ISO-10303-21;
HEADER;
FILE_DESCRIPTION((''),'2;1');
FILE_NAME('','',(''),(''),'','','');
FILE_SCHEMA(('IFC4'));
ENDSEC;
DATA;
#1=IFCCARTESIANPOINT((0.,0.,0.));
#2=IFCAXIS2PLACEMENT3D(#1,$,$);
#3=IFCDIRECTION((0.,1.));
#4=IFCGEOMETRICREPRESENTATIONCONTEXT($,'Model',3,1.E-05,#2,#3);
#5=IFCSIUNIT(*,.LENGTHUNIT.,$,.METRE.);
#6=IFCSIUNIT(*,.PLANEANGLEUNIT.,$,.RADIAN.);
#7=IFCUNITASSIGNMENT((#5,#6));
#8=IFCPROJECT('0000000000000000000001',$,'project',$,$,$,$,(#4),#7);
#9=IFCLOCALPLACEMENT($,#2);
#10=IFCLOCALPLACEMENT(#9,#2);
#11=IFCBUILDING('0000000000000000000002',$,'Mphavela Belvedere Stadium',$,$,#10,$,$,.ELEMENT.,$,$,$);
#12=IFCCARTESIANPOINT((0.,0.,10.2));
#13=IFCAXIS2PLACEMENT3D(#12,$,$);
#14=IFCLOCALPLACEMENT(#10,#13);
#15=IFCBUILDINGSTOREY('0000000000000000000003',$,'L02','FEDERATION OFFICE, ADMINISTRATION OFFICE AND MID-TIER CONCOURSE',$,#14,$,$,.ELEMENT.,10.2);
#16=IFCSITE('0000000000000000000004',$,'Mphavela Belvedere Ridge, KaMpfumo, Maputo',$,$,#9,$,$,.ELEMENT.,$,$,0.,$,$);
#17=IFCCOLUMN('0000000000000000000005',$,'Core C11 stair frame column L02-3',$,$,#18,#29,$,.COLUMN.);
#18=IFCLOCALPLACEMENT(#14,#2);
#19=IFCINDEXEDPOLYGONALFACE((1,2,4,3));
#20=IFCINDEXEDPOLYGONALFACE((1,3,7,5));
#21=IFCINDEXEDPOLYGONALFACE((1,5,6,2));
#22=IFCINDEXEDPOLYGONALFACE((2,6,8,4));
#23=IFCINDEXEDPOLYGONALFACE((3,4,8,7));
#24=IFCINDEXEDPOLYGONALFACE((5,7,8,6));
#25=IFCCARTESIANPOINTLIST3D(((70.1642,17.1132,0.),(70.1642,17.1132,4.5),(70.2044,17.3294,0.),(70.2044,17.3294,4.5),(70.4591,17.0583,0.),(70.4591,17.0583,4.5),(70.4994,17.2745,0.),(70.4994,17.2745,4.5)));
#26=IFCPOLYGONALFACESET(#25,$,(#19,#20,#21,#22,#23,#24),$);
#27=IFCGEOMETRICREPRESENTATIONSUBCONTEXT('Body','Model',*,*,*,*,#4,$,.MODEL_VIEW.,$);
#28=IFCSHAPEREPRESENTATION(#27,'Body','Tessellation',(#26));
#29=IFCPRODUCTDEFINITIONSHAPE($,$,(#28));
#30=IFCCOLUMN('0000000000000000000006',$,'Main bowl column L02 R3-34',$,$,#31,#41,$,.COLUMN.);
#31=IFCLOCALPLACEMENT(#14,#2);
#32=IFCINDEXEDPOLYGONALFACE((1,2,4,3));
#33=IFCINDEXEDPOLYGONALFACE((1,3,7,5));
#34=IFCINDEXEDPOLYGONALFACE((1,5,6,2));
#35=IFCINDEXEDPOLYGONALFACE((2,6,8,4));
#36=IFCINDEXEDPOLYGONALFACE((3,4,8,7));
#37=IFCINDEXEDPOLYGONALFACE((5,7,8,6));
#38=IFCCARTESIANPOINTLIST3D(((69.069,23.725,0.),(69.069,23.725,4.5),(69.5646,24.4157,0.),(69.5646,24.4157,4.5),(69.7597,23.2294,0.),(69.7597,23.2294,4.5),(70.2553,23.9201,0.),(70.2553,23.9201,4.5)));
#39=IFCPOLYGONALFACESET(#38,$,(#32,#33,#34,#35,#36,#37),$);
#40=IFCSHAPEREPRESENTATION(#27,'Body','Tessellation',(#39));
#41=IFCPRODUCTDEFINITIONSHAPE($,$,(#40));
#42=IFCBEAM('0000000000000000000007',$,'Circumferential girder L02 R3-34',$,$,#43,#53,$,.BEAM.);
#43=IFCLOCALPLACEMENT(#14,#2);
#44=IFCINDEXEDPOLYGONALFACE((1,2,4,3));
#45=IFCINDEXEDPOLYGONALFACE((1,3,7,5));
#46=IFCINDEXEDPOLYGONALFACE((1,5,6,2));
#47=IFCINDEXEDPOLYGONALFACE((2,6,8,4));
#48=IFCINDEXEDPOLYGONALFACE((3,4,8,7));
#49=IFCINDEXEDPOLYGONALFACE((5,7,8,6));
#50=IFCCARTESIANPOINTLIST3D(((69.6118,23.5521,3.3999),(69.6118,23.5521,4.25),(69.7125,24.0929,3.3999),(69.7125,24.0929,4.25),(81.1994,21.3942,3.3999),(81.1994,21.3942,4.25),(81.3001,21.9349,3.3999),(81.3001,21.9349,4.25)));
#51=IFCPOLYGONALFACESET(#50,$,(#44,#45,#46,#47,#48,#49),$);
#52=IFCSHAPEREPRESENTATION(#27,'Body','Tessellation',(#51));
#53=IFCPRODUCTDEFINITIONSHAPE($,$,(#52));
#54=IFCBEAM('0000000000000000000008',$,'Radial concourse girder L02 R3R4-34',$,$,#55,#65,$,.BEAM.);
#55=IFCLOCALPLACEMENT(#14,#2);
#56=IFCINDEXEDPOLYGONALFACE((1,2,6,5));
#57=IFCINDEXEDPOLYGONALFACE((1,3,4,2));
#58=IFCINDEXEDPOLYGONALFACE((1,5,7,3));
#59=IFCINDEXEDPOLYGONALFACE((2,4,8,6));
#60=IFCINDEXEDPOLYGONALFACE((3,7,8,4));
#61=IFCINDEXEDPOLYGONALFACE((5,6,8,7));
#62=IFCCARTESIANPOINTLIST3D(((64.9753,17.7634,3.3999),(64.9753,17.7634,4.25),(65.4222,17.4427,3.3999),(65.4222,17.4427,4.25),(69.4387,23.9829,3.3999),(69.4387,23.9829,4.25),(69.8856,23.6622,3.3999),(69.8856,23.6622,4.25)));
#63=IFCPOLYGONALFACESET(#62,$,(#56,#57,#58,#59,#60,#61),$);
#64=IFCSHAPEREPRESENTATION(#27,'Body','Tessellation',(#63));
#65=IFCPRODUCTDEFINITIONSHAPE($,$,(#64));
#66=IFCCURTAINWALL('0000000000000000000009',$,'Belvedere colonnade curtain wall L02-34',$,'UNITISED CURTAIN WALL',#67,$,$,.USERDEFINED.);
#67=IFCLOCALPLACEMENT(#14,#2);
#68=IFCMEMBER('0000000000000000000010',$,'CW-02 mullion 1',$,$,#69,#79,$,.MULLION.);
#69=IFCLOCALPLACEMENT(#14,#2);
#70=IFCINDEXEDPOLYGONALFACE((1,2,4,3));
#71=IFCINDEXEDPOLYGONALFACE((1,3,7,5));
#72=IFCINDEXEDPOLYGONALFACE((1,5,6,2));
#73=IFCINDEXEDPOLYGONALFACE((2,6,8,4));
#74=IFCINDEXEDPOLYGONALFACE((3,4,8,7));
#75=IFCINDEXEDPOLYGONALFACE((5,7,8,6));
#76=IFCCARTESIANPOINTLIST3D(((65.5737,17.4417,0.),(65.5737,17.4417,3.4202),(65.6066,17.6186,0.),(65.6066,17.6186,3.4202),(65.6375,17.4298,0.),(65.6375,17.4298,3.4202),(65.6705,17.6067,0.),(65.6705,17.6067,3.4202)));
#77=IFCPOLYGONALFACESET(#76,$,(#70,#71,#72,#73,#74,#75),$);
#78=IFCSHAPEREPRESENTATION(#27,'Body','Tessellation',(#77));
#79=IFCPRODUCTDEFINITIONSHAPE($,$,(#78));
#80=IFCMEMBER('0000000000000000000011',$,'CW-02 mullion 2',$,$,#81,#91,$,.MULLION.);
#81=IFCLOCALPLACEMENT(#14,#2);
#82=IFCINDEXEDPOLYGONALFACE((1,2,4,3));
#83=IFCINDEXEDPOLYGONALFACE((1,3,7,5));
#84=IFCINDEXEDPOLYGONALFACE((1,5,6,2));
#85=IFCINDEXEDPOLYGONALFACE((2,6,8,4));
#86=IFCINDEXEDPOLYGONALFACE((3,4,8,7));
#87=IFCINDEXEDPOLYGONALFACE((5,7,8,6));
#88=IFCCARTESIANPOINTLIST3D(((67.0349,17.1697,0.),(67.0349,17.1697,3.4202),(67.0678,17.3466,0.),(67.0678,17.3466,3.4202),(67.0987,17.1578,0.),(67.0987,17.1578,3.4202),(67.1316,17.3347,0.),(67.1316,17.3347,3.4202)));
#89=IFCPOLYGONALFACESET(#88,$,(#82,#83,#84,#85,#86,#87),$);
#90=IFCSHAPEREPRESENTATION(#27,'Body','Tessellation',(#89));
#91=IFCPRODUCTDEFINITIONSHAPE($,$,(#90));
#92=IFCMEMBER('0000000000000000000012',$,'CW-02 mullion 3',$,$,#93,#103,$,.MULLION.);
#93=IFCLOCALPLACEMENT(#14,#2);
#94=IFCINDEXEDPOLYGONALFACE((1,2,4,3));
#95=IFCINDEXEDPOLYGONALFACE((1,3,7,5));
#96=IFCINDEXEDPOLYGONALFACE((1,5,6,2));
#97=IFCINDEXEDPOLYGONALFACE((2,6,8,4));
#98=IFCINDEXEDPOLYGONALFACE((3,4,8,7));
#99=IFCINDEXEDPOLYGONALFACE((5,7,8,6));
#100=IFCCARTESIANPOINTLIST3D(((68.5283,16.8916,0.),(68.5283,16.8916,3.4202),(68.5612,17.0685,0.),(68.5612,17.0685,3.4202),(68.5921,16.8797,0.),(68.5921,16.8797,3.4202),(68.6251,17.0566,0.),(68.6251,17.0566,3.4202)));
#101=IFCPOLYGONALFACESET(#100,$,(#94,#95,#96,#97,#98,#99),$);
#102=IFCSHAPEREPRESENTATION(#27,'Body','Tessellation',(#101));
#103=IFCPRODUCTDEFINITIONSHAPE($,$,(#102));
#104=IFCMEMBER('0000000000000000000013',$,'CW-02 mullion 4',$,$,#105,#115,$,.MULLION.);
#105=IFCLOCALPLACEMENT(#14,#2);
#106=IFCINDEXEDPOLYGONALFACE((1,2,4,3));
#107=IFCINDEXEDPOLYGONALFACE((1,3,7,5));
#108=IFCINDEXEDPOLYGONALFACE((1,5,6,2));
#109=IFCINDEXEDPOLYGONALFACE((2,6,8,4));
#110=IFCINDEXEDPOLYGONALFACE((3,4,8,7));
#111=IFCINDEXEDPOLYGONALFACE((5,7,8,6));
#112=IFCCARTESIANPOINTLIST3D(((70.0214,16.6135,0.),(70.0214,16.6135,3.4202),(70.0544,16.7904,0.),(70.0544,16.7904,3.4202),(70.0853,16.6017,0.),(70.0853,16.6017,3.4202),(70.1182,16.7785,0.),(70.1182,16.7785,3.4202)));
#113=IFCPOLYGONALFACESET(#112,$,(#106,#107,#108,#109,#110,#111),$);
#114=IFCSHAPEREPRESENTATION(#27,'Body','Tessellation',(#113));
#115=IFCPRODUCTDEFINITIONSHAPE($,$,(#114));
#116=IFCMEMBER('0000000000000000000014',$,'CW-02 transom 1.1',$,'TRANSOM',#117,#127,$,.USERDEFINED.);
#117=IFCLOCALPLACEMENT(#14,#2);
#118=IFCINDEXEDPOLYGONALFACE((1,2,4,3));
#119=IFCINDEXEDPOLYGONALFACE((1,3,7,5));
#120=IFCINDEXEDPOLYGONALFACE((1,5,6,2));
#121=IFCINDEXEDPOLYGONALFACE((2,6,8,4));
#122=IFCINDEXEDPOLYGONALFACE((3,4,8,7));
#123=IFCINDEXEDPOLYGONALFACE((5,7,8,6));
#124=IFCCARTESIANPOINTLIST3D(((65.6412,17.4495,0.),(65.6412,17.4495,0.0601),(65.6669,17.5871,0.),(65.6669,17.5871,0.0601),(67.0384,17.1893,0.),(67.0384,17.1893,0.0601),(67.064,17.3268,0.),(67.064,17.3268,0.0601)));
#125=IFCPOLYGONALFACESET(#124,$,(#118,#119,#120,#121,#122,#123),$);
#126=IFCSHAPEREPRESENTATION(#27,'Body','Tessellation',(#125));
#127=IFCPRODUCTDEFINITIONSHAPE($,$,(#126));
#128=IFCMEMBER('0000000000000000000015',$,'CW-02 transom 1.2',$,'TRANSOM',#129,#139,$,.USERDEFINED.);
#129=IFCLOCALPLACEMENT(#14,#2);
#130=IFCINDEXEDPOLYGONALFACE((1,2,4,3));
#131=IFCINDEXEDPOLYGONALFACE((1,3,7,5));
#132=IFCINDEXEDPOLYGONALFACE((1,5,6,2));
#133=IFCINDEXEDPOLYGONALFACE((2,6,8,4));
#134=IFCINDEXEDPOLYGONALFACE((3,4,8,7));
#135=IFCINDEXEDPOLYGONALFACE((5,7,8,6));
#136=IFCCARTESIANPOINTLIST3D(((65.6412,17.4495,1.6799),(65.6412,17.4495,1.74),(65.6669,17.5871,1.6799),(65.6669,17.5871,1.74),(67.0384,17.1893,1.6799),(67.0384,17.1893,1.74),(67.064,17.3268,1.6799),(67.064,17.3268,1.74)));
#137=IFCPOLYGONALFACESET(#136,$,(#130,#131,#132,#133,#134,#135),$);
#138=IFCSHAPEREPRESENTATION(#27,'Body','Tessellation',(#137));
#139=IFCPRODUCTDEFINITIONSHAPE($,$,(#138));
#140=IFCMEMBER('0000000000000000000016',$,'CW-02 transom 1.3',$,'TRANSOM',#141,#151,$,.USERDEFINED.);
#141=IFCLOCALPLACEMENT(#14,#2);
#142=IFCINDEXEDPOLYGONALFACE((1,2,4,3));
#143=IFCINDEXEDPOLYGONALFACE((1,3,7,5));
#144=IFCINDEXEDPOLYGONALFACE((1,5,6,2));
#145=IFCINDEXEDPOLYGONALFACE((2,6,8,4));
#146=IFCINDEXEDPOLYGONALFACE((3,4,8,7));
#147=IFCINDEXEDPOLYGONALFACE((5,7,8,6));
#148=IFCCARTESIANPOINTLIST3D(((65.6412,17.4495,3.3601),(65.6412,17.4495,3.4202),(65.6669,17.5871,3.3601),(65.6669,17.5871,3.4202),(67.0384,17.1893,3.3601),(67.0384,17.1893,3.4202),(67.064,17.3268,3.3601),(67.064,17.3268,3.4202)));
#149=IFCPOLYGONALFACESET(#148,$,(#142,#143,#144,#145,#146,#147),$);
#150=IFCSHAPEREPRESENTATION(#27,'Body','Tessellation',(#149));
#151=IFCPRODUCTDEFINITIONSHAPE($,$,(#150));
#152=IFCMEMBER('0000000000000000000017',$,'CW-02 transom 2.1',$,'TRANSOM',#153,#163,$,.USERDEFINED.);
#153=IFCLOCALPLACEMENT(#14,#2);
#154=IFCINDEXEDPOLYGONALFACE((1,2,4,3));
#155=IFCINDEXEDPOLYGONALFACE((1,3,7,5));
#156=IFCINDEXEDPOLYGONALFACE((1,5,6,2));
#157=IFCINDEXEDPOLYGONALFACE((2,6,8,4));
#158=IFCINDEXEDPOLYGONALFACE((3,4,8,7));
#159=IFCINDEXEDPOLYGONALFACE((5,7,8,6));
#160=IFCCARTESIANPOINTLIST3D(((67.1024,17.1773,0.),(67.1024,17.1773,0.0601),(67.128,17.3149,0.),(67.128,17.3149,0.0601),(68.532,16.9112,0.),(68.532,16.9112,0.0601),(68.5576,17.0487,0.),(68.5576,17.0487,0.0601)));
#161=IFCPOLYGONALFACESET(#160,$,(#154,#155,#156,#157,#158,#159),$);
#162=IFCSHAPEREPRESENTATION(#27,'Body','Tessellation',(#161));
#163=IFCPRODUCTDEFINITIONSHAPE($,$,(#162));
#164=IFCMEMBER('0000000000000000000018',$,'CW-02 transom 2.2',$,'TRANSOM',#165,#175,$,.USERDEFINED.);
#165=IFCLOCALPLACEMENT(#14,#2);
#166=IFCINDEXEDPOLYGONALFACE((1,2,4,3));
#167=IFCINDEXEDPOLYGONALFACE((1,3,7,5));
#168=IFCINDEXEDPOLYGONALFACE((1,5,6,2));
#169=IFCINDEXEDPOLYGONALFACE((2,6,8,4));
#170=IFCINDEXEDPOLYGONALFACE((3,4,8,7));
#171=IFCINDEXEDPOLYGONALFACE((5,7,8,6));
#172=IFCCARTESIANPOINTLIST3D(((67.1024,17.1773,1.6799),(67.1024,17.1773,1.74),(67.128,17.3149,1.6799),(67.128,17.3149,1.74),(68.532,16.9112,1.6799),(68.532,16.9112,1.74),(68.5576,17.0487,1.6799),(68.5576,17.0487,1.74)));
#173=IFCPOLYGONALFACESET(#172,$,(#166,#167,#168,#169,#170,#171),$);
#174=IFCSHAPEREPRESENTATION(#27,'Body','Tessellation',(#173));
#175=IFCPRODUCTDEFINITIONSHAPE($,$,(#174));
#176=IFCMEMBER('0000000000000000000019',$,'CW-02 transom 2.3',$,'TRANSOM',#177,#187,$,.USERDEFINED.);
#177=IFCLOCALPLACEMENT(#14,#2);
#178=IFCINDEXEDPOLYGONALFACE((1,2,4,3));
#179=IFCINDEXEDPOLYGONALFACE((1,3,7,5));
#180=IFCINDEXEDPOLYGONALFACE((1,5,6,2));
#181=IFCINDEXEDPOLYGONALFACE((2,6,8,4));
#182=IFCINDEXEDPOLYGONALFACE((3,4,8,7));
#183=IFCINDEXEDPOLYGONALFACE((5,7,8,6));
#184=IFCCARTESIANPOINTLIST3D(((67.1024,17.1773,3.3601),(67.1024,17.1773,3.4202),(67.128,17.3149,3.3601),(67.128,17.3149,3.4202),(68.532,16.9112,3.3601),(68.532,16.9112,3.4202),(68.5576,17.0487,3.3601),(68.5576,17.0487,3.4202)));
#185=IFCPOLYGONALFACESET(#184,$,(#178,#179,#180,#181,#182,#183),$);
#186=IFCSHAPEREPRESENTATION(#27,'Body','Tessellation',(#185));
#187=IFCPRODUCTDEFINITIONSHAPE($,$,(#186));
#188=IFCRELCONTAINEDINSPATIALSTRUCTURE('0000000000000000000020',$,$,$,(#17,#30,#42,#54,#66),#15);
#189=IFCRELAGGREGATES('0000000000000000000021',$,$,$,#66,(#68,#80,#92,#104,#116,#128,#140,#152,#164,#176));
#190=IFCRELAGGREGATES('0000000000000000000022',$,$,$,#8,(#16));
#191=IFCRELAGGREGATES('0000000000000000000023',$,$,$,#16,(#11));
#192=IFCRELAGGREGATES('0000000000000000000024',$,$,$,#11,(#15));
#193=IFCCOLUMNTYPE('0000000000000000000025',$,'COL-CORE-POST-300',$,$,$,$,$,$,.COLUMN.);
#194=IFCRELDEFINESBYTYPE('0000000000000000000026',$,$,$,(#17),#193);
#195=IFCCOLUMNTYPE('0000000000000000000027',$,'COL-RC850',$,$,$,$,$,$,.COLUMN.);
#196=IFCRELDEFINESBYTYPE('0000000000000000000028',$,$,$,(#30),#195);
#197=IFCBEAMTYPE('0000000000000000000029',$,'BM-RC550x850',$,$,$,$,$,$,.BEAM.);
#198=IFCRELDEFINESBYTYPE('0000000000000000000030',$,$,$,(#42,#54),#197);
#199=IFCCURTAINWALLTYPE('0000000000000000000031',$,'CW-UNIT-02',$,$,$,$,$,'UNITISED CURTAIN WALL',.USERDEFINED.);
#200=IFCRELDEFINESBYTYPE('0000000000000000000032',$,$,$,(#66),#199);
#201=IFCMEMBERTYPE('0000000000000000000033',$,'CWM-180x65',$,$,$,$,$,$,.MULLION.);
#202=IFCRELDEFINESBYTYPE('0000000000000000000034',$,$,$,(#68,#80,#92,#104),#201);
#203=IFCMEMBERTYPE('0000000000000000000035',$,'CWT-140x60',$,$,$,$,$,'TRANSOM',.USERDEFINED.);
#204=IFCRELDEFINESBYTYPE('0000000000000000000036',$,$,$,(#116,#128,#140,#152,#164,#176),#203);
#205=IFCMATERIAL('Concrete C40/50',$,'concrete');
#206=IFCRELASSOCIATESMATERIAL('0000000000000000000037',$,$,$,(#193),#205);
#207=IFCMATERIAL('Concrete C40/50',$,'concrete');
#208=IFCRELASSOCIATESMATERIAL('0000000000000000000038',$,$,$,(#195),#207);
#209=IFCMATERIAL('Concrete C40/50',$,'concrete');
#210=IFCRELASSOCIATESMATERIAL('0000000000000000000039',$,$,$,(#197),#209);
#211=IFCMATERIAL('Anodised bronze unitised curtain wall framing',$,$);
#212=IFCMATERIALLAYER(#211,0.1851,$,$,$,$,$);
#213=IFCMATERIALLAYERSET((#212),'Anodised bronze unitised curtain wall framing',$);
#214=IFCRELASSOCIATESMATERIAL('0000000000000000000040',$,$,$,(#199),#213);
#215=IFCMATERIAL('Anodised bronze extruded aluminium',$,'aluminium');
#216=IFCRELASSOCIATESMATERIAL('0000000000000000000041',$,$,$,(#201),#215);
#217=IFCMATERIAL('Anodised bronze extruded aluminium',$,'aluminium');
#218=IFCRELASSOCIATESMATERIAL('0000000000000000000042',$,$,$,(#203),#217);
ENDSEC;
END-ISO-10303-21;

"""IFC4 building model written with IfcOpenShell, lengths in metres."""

from ifc_helpers import new_model, si_unit, direction, frame, origin, origin_2d, place, context, subcontext, project, spatial, rectangle, extrude, material, layer, layer_set, material_profile, profile_set, type_object, element, aggregate, save


model = new_model("IFC4")

# Units and contexts
model_context = context("Model", 3, precision=1e-05, world=origin(), true_north=direction((0.0, 1.0)))
body_context = subcontext(model_context, "Body", "Model", "MODEL_VIEW")
ifc_project = project(units=[si_unit("LENGTHUNIT", "METRE"), si_unit("PLANEANGLEUNIT", "RADIAN")], contexts=[model_context])

# Site, building, storey
site_placement = place(None, origin())
site = spatial("IfcSite", under=ifc_project, at=site_placement, Name="Mphavela Belvedere Ridge, KaMpfumo, Maputo", CompositionType="ELEMENT", RefElevation=0.0)
building_placement = place(site_placement, origin())
building = spatial("IfcBuilding", under=site, at=building_placement, Name="Mphavela Belvedere Stadium", CompositionType="ELEMENT")
storey_placement = place(building_placement, frame((0.0, 0.0, 10.2)))
storey = spatial("IfcBuildingStorey", under=building, at=storey_placement, Name="L02", Description="FEDERATION OFFICE, ADMINISTRATION OFFICE AND MID-TIER CONCOURSE", CompositionType="ELEMENT", Elevation=10.2)

# Columns
ifc_material_1 = material(Name="Concrete C40/50", Category="concrete")
ifc_material_profile_1 = material_profile(ifc_material_1, rectangle(XDim=0.3, YDim=0.22, at=origin_2d()), Name="RC 300x220")
ifc_profile_set_1 = profile_set([ifc_material_profile_1], Name="Concrete C40/50")
column_type_1 = type_object("IfcColumnType", Name="COL-CORE-POST-300", PredefinedType="COLUMN", material=ifc_profile_set_1)
column_1_placement = place(storey_placement, frame((70.3318, 17.1938, 0.0), z_axis=(0.0, 0.0, 1.0), x_axis=(-0.983096, 0.183094, 0.0)))
element("IfcColumn", 1, at=column_1_placement, inside=storey, type_object=column_type_1, Name="Core C11 stair frame column L02-3", PredefinedType="COLUMN", context=body_context, shape_type="SweptSolid", body=[
    extrude(rectangle(XDim=0.3, YDim=0.22, at=origin_2d()), origin(), (0.0, 0.0, 1.0), 4.5),
])
ifc_material_2 = material(Name="Concrete C40/50", Category="concrete")
ifc_material_profile_2 = material_profile(ifc_material_2, rectangle(XDim=0.8501, YDim=0.8501, at=origin_2d()), Name="RC 850x850")
ifc_profile_set_2 = profile_set([ifc_material_profile_2], Name="Concrete C40/50")
column_type_2 = type_object("IfcColumnType", Name="COL-RC850", PredefinedType="COLUMN", material=ifc_profile_set_2)
column_2_placement = place(storey_placement, frame((69.6621, 23.8225, 0.0), z_axis=(0.0, 0.0, 1.0), x_axis=(-0.582974, -0.812491, 0.0)))
element("IfcColumn", 2, at=column_2_placement, inside=storey, type_object=column_type_2, Name="Main bowl column L02 R3-34", PredefinedType="COLUMN", context=body_context, shape_type="SweptSolid", body=[
    extrude(rectangle(XDim=0.8501, YDim=0.8501, at=origin_2d()), origin(), (0.0, 0.0, 1.0), 4.5),
])

# Beams
ifc_material_3 = material(Name="Concrete C40/50", Category="concrete")
ifc_material_profile_3 = material_profile(ifc_material_3, rectangle(XDim=0.55, YDim=0.8501, at=origin_2d()), Name="RC 550x850")
ifc_profile_set_3 = profile_set([ifc_material_profile_3], Name="Concrete C40/50")
beam_type = type_object("IfcBeamType", Name="BM-RC550x850", PredefinedType="BEAM", material=ifc_profile_set_3)
beam_1_placement = place(storey_placement, frame((69.6621, 23.8225, 3.825), z_axis=(0.983098, -0.183082, 0.0), x_axis=(0.183082, 0.983098, 0.0)))
element("IfcBeam", 3, at=beam_1_placement, inside=storey, type_object=beam_type, Name="Circumferential girder L02 R3-34", PredefinedType="BEAM", context=body_context, shape_type="SweptSolid", body=[
    extrude(rectangle(XDim=0.55, YDim=0.8501, at=origin_2d()), origin(), (0.0, 0.0, 1.0), 11.7869),
])
beam_2_placement = place(storey_placement, frame((69.6621, 23.8225, 3.825), z_axis=(-0.583044, -0.812441, 0.0), x_axis=(0.812441, -0.583044, 0.0)))
element("IfcBeam", 4, at=beam_2_placement, inside=storey, type_object=beam_type, Name="Radial concourse girder L02 R3R4-34", PredefinedType="BEAM", context=body_context, shape_type="SweptSolid", body=[
    extrude(rectangle(XDim=0.55, YDim=0.8501, at=origin_2d()), origin(), (0.0, 0.0, 1.0), 7.6553),
])

# Curtain wall, members
ifc_material_4 = material(Name="Anodised bronze unitised curtain wall framing")
ifc_layer_1 = layer(ifc_material_4, 0.1851)
ifc_layer_set_1 = layer_set([ifc_layer_1], Name="Anodised bronze unitised curtain wall framing")
curtain_wall_type = type_object("IfcCurtainWallType", Name="CW-UNIT-02", ElementType="UNITISED CURTAIN WALL", PredefinedType="USERDEFINED", material=ifc_layer_set_1)
curtain_wall_placement = place(storey_placement, origin())
curtain_wall = element("IfcCurtainWall", 5, at=curtain_wall_placement, inside=storey, type_object=curtain_wall_type, Name="Belvedere colonnade curtain wall L02-34", ObjectType="UNITISED CURTAIN WALL", PredefinedType="USERDEFINED")
ifc_material_5 = material(Name="Anodised bronze extruded aluminium", Category="aluminium")
ifc_material_profile_4 = material_profile(ifc_material_5, rectangle(XDim=0.1799, YDim=0.0649, at=origin_2d()), Name="CW-MUL 180x65")
ifc_profile_set_4 = profile_set([ifc_material_profile_4], Name="Anodised bronze extruded aluminium")
member_type_1 = type_object("IfcMemberType", Name="CWM-180x65", PredefinedType="MULLION", material=ifc_profile_set_4)
member_1_placement = place(storey_placement, frame((65.6221, 17.5242, 0.0), z_axis=(0.0, 0.0, 1.0), x_axis=(0.183085, 0.983097, 0.0)))
member_1 = element("IfcMember", 6, at=member_1_placement, type_object=member_type_1, Name="CW-02 mullion 1", PredefinedType="MULLION", context=body_context, shape_type="SweptSolid", body=[
    extrude(rectangle(XDim=0.1799, YDim=0.0649, at=origin_2d()), origin(), (0.0, 0.0, 1.0), 3.4202),
])
member_2_placement = place(storey_placement, frame((67.0833, 17.2522, 0.0), z_axis=(0.0, 0.0, 1.0), x_axis=(0.183085, 0.983097, 0.0)))
member_2 = element("IfcMember", 7, at=member_2_placement, type_object=member_type_1, Name="CW-02 mullion 2", PredefinedType="MULLION", context=body_context, shape_type="SweptSolid", body=[
    extrude(rectangle(XDim=0.1799, YDim=0.0649, at=origin_2d()), origin(), (0.0, 0.0, 1.0), 3.4202),
])
member_3_placement = place(storey_placement, frame((68.5767, 16.9741, 0.0), z_axis=(0.0, 0.0, 1.0), x_axis=(0.183085, 0.983097, 0.0)))
member_3 = element("IfcMember", 8, at=member_3_placement, type_object=member_type_1, Name="CW-02 mullion 3", PredefinedType="MULLION", context=body_context, shape_type="SweptSolid", body=[
    extrude(rectangle(XDim=0.1799, YDim=0.0649, at=origin_2d()), origin(), (0.0, 0.0, 1.0), 3.4202),
])
member_4_placement = place(storey_placement, frame((70.0698, 16.696, 0.0), z_axis=(0.0, 0.0, 1.0), x_axis=(0.183085, 0.983097, 0.0)))
member_4 = element("IfcMember", 9, at=member_4_placement, type_object=member_type_1, Name="CW-02 mullion 4", PredefinedType="MULLION", context=body_context, shape_type="SweptSolid", body=[
    extrude(rectangle(XDim=0.1799, YDim=0.0649, at=origin_2d()), origin(), (0.0, 0.0, 1.0), 3.4202),
])
ifc_material_6 = material(Name="Anodised bronze extruded aluminium", Category="aluminium")
ifc_material_profile_5 = material_profile(ifc_material_6, rectangle(XDim=0.1399, YDim=0.0601, at=origin_2d()), Name="CW-TRN 140x60")
ifc_profile_set_5 = profile_set([ifc_material_profile_5], Name="Anodised bronze extruded aluminium")
member_type_2 = type_object("IfcMemberType", Name="CWT-140x60", ElementType="TRANSOM", PredefinedType="USERDEFINED", material=ifc_profile_set_5)
member_5_placement = place(storey_placement, frame((65.6541, 17.5183, 0.03), z_axis=(0.983091, -0.183116, 0.0), x_axis=(0.183116, 0.983091, 0.0)))
member_5 = element("IfcMember", 10, at=member_5_placement, type_object=member_type_2, Name="CW-02 transom 1.1", ObjectType="TRANSOM", PredefinedType="USERDEFINED", context=body_context, shape_type="SweptSolid", body=[
    extrude(rectangle(XDim=0.1399, YDim=0.0601, at=origin_2d()), origin(), (0.0, 0.0, 1.0), 1.4211),
])
member_6_placement = place(storey_placement, frame((65.6541, 17.5183, 1.71), z_axis=(0.983091, -0.183116, 0.0), x_axis=(0.183116, 0.983091, 0.0)))
member_6 = element("IfcMember", 11, at=member_6_placement, type_object=member_type_2, Name="CW-02 transom 1.2", ObjectType="TRANSOM", PredefinedType="USERDEFINED", context=body_context, shape_type="SweptSolid", body=[
    extrude(rectangle(XDim=0.1399, YDim=0.0601, at=origin_2d()), origin(), (0.0, 0.0, 1.0), 1.4211),
])
member_7_placement = place(storey_placement, frame((65.6541, 17.5183, 3.3901), z_axis=(0.983091, -0.183116, 0.0), x_axis=(0.183116, 0.983091, 0.0)))
member_7 = element("IfcMember", 12, at=member_7_placement, type_object=member_type_2, Name="CW-02 transom 1.3", ObjectType="TRANSOM", PredefinedType="USERDEFINED", context=body_context, shape_type="SweptSolid", body=[
    extrude(rectangle(XDim=0.1399, YDim=0.0601, at=origin_2d()), origin(), (0.0, 0.0, 1.0), 1.4211),
])
member_8_placement = place(storey_placement, frame((67.1152, 17.2461, 0.03), z_axis=(0.983109, -0.183021, 0.0), x_axis=(0.183021, 0.983109, 0.0)))
member_8 = element("IfcMember", 13, at=member_8_placement, type_object=member_type_2, Name="CW-02 transom 2.1", ObjectType="TRANSOM", PredefinedType="USERDEFINED", context=body_context, shape_type="SweptSolid", body=[
    extrude(rectangle(XDim=0.1399, YDim=0.0601, at=origin_2d()), origin(), (0.0, 0.0, 1.0), 1.4541),
])
member_9_placement = place(storey_placement, frame((67.1152, 17.2461, 1.71), z_axis=(0.983109, -0.183021, 0.0), x_axis=(0.183021, 0.983109, 0.0)))
member_9 = element("IfcMember", 14, at=member_9_placement, type_object=member_type_2, Name="CW-02 transom 2.2", ObjectType="TRANSOM", PredefinedType="USERDEFINED", context=body_context, shape_type="SweptSolid", body=[
    extrude(rectangle(XDim=0.1399, YDim=0.0601, at=origin_2d()), origin(), (0.0, 0.0, 1.0), 1.4541),
])
member_10_placement = place(storey_placement, frame((67.1152, 17.2461, 3.3901), z_axis=(0.983109, -0.183021, 0.0), x_axis=(0.183021, 0.983109, 0.0)))
member_10 = element("IfcMember", 15, at=member_10_placement, type_object=member_type_2, Name="CW-02 transom 2.3", ObjectType="TRANSOM", PredefinedType="USERDEFINED", context=body_context, shape_type="SweptSolid", body=[
    extrude(rectangle(XDim=0.1399, YDim=0.0601, at=origin_2d()), origin(), (0.0, 0.0, 1.0), 1.4541),
])
aggregate(curtain_wall, [member_1, member_2, member_3, member_4, member_5, member_6, member_7, member_8, member_9, member_10])

save(model, "model.ifc")
